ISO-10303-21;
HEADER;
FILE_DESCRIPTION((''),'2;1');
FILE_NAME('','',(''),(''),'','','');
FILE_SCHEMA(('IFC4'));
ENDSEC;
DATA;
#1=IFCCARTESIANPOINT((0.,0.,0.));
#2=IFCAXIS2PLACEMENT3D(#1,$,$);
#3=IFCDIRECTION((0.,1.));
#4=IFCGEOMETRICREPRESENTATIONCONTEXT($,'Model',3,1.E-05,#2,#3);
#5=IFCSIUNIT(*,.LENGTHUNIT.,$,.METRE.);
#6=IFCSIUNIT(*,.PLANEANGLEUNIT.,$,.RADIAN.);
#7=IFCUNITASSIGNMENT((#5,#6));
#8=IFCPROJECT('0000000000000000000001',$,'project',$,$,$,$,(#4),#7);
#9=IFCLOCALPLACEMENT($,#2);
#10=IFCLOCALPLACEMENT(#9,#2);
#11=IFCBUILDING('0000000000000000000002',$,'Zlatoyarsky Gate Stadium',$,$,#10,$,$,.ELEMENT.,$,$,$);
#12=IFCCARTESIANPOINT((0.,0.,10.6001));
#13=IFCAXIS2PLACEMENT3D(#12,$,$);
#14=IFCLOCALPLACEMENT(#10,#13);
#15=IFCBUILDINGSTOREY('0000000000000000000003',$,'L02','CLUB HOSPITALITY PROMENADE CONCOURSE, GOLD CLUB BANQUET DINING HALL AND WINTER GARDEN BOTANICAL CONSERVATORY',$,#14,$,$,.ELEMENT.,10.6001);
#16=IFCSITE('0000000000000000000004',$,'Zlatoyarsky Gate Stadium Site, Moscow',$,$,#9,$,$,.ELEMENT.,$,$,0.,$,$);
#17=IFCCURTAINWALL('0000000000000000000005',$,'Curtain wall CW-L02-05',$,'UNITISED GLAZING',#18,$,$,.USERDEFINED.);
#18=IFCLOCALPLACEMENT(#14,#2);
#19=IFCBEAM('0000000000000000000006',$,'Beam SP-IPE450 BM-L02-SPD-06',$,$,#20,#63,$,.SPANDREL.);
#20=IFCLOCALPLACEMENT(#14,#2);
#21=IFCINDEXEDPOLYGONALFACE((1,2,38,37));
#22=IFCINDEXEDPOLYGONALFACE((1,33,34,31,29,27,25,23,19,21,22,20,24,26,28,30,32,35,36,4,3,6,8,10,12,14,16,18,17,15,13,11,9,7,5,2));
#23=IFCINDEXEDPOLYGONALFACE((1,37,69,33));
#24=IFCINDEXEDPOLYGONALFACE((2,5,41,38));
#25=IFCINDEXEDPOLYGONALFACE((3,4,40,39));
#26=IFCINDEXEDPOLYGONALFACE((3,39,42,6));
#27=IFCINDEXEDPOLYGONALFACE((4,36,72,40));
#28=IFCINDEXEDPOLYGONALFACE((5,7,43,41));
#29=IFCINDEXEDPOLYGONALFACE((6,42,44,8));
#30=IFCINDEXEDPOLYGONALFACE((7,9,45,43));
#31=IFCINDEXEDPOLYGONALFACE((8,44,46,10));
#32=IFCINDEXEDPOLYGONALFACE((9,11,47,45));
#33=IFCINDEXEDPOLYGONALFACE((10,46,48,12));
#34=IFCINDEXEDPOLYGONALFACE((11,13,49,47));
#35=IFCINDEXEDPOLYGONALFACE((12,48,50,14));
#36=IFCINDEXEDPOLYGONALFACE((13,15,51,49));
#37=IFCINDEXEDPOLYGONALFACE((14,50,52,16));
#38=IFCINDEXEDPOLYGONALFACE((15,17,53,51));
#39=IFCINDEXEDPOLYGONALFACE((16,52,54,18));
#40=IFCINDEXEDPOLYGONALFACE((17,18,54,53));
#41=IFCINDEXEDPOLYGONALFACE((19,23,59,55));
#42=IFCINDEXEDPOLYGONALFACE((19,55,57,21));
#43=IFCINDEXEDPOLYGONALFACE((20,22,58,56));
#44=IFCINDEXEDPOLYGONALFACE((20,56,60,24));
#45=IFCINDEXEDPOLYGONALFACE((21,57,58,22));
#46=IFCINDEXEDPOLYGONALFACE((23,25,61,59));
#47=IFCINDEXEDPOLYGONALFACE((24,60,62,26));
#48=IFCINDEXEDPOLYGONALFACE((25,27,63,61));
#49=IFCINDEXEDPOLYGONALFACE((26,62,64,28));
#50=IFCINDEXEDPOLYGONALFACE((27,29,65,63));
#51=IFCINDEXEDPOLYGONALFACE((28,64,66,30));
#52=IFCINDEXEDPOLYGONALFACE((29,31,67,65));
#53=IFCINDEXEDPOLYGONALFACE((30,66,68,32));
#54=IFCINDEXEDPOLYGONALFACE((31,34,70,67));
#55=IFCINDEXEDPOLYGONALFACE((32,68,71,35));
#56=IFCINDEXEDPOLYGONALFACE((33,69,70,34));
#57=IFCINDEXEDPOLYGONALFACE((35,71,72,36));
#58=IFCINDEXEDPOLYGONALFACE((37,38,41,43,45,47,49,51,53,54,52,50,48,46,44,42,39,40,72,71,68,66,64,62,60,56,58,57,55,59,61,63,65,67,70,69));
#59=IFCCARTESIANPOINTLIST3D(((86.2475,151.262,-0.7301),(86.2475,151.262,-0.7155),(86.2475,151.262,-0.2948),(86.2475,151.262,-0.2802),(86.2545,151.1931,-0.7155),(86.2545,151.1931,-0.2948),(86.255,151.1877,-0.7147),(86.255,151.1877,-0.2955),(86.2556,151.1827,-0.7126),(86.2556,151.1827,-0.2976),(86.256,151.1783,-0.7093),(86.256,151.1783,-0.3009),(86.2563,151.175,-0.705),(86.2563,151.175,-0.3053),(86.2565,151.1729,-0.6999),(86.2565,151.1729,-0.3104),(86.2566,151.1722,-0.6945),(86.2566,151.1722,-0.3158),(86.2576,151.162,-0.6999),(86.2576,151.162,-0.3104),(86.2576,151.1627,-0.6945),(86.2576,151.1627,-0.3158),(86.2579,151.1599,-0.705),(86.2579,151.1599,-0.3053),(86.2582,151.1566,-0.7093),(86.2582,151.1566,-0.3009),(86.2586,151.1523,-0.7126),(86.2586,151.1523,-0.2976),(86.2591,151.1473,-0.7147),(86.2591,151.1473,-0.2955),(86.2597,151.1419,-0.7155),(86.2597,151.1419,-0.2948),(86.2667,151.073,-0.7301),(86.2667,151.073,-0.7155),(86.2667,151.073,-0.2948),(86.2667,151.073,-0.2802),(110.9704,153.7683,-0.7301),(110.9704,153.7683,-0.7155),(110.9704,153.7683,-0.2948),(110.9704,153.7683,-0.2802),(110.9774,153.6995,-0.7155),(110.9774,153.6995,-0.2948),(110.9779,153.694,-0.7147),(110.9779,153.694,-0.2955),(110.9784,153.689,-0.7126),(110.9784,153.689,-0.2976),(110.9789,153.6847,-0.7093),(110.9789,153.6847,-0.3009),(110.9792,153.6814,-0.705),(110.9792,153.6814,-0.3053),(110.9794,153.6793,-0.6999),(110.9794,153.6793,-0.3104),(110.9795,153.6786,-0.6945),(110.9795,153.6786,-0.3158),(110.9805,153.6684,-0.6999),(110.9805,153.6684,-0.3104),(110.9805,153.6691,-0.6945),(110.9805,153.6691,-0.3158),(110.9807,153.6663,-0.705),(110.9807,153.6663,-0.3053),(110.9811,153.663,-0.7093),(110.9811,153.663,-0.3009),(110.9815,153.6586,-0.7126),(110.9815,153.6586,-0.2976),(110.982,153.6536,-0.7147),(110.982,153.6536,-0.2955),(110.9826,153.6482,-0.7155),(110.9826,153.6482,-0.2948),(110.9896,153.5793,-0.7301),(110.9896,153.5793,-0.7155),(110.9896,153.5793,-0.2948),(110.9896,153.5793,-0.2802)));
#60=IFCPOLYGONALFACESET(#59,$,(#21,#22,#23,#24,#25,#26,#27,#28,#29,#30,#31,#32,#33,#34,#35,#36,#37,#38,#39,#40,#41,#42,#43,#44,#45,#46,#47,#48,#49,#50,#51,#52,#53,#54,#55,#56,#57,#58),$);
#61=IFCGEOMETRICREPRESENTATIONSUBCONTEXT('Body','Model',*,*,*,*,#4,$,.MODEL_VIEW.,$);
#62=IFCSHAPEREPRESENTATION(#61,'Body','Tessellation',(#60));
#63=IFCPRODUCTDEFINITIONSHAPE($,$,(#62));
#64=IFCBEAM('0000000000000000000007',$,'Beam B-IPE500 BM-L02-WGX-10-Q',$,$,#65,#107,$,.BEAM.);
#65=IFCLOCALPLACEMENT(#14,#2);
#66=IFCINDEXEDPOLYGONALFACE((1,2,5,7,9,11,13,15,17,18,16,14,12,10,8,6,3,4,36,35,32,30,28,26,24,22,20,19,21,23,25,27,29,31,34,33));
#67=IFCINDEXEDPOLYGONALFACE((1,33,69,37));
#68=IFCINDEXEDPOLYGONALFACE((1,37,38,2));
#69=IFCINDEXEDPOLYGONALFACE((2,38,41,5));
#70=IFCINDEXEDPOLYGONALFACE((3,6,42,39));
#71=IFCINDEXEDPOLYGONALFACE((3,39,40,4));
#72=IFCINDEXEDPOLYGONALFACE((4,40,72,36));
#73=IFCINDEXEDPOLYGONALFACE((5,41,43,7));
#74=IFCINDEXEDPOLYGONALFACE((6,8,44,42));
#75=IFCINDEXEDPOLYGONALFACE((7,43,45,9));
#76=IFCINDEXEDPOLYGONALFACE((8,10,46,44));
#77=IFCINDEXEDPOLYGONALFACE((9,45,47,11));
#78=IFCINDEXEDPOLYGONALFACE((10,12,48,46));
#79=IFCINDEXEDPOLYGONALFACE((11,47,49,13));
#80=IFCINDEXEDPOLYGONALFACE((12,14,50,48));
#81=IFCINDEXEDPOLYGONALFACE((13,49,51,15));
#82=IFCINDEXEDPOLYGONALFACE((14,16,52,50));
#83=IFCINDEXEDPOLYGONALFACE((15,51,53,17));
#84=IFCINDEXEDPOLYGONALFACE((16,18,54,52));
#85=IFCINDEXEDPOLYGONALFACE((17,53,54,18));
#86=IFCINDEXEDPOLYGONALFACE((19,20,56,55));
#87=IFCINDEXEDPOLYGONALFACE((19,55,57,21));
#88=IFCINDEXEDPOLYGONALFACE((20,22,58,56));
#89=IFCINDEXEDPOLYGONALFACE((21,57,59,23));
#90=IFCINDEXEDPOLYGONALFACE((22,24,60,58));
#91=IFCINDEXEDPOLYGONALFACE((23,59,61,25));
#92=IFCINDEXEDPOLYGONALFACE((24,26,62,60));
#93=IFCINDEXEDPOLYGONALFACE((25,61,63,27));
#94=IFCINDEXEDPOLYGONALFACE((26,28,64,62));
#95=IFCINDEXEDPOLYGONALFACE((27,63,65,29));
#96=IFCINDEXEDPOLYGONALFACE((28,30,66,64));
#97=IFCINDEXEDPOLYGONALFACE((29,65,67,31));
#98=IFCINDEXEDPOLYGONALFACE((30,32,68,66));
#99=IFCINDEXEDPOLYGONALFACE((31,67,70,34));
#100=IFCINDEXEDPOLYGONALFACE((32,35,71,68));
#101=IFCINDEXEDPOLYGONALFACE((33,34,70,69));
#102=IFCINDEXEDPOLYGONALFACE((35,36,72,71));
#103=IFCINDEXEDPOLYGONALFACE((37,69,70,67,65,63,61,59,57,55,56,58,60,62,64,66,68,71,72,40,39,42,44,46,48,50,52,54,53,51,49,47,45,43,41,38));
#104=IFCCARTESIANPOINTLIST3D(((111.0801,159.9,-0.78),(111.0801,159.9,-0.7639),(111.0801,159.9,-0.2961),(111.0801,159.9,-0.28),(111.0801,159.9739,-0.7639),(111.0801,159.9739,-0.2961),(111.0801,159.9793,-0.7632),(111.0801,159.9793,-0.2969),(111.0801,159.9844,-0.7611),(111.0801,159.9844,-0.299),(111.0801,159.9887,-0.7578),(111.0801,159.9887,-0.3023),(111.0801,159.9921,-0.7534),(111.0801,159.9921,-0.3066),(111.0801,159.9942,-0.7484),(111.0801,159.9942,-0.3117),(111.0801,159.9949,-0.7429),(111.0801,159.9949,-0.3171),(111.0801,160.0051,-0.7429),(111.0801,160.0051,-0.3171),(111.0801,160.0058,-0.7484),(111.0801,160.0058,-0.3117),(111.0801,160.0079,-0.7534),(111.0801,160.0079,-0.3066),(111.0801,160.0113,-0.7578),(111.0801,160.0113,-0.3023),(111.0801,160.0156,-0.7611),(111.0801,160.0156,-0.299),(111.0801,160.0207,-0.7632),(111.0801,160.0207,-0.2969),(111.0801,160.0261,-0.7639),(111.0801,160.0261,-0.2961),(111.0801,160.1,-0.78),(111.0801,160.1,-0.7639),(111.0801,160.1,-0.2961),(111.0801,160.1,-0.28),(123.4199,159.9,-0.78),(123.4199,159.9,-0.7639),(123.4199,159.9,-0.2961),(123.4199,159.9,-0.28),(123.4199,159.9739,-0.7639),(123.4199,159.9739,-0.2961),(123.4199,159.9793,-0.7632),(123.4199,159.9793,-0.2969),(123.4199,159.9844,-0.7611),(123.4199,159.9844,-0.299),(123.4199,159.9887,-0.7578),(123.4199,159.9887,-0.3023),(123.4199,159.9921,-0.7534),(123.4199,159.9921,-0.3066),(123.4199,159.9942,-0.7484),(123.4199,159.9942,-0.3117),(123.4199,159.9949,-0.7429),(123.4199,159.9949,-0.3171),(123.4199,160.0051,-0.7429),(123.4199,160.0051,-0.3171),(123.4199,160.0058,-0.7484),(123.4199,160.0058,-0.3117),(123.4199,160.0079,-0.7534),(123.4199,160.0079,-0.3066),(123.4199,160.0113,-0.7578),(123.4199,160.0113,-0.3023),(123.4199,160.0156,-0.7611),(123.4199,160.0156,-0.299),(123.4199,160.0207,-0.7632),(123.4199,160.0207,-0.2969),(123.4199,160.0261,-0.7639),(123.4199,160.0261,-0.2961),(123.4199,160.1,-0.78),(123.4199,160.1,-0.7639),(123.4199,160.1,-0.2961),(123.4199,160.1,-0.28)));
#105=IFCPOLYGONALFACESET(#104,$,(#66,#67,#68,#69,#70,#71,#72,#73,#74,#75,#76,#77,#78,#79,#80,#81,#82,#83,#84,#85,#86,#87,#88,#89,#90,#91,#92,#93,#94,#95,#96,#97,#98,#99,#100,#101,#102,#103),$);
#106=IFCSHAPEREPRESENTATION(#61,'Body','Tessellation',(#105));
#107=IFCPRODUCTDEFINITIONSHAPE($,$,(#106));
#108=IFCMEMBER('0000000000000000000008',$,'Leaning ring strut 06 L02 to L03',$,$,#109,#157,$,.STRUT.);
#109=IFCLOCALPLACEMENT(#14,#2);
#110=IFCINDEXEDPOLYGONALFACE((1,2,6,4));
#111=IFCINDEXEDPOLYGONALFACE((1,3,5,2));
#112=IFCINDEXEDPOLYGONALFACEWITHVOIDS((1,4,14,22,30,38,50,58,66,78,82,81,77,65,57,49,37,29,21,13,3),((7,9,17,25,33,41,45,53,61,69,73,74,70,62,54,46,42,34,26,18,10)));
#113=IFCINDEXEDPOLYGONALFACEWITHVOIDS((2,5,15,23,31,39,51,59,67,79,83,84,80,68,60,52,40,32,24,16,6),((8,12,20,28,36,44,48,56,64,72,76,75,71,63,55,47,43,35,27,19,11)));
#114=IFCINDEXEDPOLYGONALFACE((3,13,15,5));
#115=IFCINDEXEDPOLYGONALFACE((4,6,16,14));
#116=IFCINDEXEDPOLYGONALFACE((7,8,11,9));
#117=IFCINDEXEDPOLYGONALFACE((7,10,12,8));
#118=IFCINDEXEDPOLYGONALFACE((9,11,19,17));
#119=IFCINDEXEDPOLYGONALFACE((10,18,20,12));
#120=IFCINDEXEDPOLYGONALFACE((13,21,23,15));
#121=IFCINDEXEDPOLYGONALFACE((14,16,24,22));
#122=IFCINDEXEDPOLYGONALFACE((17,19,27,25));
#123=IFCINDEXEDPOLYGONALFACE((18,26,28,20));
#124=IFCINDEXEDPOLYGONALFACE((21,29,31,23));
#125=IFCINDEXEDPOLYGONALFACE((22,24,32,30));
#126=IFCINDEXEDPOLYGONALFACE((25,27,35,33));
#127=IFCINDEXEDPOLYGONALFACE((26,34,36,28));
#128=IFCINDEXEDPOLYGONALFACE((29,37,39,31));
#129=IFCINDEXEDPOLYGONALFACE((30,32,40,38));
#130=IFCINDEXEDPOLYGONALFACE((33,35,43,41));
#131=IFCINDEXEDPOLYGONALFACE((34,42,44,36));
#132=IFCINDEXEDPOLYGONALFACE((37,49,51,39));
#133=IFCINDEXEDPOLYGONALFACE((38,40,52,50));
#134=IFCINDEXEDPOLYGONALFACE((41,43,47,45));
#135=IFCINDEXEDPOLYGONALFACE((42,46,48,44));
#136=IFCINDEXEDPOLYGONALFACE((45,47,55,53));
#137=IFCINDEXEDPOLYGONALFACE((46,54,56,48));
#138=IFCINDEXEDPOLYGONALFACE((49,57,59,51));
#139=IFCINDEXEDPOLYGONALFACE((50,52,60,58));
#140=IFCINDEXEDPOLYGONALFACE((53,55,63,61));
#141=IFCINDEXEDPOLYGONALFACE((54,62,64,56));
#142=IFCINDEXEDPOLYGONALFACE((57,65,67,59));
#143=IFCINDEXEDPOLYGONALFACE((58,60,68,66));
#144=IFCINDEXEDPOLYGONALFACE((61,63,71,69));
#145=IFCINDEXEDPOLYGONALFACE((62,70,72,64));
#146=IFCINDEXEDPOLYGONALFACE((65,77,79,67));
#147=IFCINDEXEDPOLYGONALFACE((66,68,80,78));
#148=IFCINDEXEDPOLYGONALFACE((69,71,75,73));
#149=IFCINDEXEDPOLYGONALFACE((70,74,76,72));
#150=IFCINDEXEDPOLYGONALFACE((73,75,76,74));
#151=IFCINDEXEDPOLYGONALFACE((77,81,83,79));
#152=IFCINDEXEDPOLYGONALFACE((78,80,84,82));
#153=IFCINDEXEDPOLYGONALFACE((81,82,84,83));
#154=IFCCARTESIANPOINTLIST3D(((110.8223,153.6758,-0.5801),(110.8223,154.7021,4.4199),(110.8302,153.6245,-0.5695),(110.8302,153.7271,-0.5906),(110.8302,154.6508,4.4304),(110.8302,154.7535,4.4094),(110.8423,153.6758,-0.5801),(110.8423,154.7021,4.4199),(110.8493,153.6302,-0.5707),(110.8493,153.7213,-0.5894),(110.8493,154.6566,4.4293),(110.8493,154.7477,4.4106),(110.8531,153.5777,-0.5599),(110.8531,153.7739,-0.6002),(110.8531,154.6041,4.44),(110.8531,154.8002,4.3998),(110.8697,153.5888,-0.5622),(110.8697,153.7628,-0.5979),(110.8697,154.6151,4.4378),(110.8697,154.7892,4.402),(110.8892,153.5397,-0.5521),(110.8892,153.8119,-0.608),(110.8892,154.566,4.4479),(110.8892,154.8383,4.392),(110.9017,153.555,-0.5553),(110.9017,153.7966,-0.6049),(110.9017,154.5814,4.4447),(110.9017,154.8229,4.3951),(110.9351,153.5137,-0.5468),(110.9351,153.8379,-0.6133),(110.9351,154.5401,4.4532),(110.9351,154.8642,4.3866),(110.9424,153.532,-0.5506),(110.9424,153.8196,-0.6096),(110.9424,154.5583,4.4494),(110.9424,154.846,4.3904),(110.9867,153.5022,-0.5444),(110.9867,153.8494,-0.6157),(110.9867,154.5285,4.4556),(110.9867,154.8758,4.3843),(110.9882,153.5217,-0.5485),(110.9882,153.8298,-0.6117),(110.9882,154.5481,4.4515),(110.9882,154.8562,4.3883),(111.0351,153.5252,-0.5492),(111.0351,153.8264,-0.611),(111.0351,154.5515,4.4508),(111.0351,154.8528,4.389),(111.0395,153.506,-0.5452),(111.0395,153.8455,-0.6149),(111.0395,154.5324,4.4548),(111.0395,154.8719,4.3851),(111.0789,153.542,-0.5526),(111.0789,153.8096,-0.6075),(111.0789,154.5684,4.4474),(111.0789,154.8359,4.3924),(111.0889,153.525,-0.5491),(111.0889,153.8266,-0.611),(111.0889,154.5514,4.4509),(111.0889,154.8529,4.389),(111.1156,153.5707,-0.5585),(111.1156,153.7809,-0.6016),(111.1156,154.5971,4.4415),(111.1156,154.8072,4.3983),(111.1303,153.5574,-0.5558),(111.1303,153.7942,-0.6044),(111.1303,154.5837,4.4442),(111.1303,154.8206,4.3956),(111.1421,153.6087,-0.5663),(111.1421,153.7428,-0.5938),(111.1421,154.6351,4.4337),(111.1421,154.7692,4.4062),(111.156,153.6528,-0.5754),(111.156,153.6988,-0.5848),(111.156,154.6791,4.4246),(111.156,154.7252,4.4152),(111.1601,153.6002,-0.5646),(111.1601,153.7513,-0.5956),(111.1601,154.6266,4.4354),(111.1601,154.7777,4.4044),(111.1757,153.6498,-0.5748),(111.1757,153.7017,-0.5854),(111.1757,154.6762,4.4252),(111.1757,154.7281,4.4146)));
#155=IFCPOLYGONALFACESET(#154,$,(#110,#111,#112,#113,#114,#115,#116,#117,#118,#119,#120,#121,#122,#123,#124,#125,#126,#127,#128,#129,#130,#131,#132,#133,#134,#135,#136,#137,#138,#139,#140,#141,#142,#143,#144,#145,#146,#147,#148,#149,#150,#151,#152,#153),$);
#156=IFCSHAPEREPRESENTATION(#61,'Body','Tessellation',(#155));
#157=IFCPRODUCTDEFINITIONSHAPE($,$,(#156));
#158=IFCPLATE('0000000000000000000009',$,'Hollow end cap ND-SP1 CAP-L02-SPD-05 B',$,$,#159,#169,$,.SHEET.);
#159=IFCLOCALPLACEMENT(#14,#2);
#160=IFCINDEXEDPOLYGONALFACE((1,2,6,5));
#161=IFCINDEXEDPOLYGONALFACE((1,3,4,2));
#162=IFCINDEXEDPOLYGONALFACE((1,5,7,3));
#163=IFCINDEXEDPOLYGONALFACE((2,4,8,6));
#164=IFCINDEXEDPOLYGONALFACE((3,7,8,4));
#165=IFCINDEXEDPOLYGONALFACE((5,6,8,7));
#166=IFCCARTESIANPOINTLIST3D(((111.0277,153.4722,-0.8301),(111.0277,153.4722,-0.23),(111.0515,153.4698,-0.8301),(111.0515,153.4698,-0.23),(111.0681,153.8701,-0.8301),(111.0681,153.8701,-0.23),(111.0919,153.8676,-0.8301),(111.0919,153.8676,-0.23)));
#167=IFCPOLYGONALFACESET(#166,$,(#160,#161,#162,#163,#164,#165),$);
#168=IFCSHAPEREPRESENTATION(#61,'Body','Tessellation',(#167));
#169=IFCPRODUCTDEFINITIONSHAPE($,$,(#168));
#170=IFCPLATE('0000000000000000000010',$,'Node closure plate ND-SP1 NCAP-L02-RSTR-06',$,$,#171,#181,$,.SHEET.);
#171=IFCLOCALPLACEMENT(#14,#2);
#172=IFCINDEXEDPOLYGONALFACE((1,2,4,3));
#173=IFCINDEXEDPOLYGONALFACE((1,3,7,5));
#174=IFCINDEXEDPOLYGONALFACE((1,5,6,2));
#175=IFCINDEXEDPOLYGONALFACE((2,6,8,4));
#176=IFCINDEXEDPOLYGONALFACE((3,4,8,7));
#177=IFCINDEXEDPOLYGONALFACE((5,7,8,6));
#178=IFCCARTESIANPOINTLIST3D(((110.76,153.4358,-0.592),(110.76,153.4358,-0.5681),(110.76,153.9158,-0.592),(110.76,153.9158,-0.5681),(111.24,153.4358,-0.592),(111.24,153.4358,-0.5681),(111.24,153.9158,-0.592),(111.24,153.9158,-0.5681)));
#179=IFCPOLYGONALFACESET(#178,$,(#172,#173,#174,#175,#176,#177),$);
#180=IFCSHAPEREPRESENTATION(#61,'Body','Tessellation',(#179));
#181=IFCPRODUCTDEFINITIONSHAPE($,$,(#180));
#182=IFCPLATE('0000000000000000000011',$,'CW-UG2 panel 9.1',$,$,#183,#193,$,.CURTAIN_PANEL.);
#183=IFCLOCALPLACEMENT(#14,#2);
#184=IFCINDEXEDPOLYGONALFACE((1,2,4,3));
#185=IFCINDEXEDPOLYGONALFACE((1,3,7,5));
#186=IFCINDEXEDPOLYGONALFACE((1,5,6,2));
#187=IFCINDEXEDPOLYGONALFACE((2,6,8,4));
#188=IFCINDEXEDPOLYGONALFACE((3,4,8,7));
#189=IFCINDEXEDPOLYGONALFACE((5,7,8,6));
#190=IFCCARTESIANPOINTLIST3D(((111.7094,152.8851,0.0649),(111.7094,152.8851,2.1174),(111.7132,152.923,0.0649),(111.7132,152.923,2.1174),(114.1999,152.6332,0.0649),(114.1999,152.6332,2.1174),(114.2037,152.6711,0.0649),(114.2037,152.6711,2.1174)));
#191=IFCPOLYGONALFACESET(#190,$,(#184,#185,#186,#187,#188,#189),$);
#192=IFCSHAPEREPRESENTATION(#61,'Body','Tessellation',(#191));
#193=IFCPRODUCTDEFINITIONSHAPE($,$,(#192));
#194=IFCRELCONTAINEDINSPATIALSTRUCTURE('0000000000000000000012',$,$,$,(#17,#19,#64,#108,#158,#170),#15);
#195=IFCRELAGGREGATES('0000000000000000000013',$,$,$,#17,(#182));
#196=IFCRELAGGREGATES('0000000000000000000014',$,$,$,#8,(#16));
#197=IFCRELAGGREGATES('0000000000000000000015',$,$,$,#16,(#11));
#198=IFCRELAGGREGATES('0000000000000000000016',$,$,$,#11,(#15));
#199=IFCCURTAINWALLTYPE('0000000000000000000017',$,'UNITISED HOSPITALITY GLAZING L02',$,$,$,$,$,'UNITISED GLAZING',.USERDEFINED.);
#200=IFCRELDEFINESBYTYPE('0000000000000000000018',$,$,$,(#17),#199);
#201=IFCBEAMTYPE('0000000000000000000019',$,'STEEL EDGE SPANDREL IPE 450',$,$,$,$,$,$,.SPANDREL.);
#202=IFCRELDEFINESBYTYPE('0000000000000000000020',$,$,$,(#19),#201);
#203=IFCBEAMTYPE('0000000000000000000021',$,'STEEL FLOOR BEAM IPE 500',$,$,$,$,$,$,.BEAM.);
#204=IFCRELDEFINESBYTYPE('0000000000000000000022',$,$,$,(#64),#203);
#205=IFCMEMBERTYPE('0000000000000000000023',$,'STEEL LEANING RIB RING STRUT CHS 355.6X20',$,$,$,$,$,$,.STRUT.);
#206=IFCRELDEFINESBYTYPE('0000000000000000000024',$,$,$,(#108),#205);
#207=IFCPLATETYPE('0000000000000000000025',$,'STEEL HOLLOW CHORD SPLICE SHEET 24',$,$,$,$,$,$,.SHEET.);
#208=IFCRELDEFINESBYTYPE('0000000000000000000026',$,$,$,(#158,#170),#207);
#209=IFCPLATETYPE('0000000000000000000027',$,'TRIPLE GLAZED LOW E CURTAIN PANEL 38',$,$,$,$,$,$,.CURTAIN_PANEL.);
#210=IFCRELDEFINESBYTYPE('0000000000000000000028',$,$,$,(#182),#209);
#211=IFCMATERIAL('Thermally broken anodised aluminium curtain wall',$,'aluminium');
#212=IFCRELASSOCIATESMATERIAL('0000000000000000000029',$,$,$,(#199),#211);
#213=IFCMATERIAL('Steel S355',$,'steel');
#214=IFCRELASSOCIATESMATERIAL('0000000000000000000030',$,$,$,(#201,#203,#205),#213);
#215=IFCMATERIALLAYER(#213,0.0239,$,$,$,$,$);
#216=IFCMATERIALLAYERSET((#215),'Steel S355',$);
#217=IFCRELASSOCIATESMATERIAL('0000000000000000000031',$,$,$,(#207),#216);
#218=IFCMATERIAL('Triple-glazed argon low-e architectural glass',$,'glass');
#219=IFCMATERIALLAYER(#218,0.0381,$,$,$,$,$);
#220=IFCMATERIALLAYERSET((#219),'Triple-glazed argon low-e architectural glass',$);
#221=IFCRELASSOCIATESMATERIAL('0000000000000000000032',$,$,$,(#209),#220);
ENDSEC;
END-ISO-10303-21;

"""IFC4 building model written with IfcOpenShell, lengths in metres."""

from ifc_helpers import new_model, si_unit, direction, frame, origin, origin_2d, place, context, subcontext, project, spatial, rectangle, hollow_circle, i_section, extrude, material, layer, layer_set, material_profile, profile_set, type_object, element, aggregate, save


model = new_model("IFC4")

# Units and contexts
model_context = context("Model", 3, precision=1e-05, world=origin(), true_north=direction((0.0, 1.0)))
body_context = subcontext(model_context, "Body", "Model", "MODEL_VIEW")
ifc_project = project(units=[si_unit("LENGTHUNIT", "METRE"), si_unit("PLANEANGLEUNIT", "RADIAN")], contexts=[model_context])

# Site, building, storey
site_placement = place(None, origin())
site = spatial("IfcSite", under=ifc_project, at=site_placement, Name="Zlatoyarsky Gate Stadium Site, Moscow", CompositionType="ELEMENT", RefElevation=0.0)
building_placement = place(site_placement, origin())
building = spatial("IfcBuilding", under=site, at=building_placement, Name="Zlatoyarsky Gate Stadium", CompositionType="ELEMENT")
storey_placement = place(building_placement, frame((0.0, 0.0, 10.6001)))
storey = spatial("IfcBuildingStorey", under=building, at=storey_placement, Name="L02", Description="CLUB HOSPITALITY PROMENADE CONCOURSE, GOLD CLUB BANQUET DINING HALL AND WINTER GARDEN BOTANICAL CONSERVATORY", CompositionType="ELEMENT", Elevation=10.6001)

# Shared definitions
ifc_material_1 = material(Name="Steel S355", Category="steel")

# Curtain wall
ifc_material_2 = material(Name="Thermally broken anodised aluminium curtain wall", Category="aluminium")
curtain_wall_type_1 = type_object("IfcCurtainWallType", Name="UNITISED HOSPITALITY GLAZING L02", ElementType="UNITISED GLAZING", PredefinedType="USERDEFINED", material=ifc_material_2)
curtain_wall_1_placement = place(storey_placement, origin())
curtain_wall_1 = element("IfcCurtainWall", 1, at=curtain_wall_1_placement, inside=storey, type_object=curtain_wall_type_1, Name="Curtain wall CW-L02-05", ObjectType="UNITISED GLAZING", PredefinedType="USERDEFINED")

# Beams
ifc_material_profile_1 = material_profile(ifc_material_1, i_section(OverallWidth=0.1899, OverallDepth=0.45, WebThickness=0.0095, FlangeThickness=0.0146, FilletRadius=0.021, at=origin_2d()), Name="IPE 450")
ifc_profile_set_1 = profile_set([ifc_material_profile_1], Name="Steel S355")
beam_type_1 = type_object("IfcBeamType", Name="STEEL EDGE SPANDREL IPE 450", PredefinedType="SPANDREL", material=ifc_profile_set_1)
beam_1_placement = place(storey_placement, frame((110.98, 153.6738, -0.5051), z_axis=(-0.994901, -0.100861, 0.0), x_axis=(0.100861, -0.994901, 0.0)))
element("IfcBeam", 2, at=beam_1_placement, inside=storey, type_object=beam_type_1, Name="Beam SP-IPE450 BM-L02-SPD-06", PredefinedType="SPANDREL", context=body_context, shape_type="SweptSolid", body=[
    extrude(i_section(OverallWidth=0.1899, OverallDepth=0.45, WebThickness=0.0095, FlangeThickness=0.0146, FilletRadius=0.021, at=origin_2d()), origin(), (0.0, 0.0, 1.0), 24.8496),
])
ifc_material_profile_2 = material_profile(ifc_material_1, i_section(OverallWidth=0.2, OverallDepth=0.5, WebThickness=0.0103, FlangeThickness=0.0161, FilletRadius=0.021, at=origin_2d()), Name="IPE 500")
ifc_profile_set_2 = profile_set([ifc_material_profile_2], Name="Steel S355")
beam_type_2 = type_object("IfcBeamType", Name="STEEL FLOOR BEAM IPE 500", PredefinedType="BEAM", material=ifc_profile_set_2)
beam_2_placement = place(storey_placement, frame((111.0801, 160.0, -0.53), z_axis=(1.0, 0.0, 0.0), x_axis=(0.0, 1.0, 0.0)))
element("IfcBeam", 3, at=beam_2_placement, inside=storey, type_object=beam_type_2, Name="Beam B-IPE500 BM-L02-WGX-10-Q", PredefinedType="BEAM", context=body_context, shape_type="SweptSolid", body=[
    extrude(i_section(OverallWidth=0.2, OverallDepth=0.5, WebThickness=0.0103, FlangeThickness=0.0161, FilletRadius=0.021, at=origin_2d()), origin(), (0.0, 0.0, 1.0), 12.3398),
])

# Member
ifc_material_profile_3 = material_profile(ifc_material_1, hollow_circle(Radius=0.1777, WallThickness=0.02, at=origin_2d()), Name="CHS 355.6X20")
ifc_profile_set_3 = profile_set([ifc_material_profile_3], Name="Steel S355")
member_type_1 = type_object("IfcMemberType", Name="STEEL LEANING RIB RING STRUT CHS 355.6X20", PredefinedType="STRUT", material=ifc_profile_set_3)
member_1_placement = place(storey_placement, frame((111.0, 153.6758, -0.5801), z_axis=(0.0, 0.201081, 0.979575), x_axis=(-1.0, 0.0, 0.0)))
element("IfcMember", 4, at=member_1_placement, inside=storey, type_object=member_type_1, Name="Leaning ring strut 06 L02 to L03", PredefinedType="STRUT", context=body_context, shape_type="SweptSolid", body=[
    extrude(hollow_circle(Radius=0.1777, WallThickness=0.02, at=origin_2d()), origin(), (0.0, 0.0, 1.0), 5.1042),
])

# Plates
ifc_layer_1 = layer(ifc_material_1, 0.0239)
ifc_layer_set_1 = layer_set([ifc_layer_1], Name="Steel S355")
plate_type_1 = type_object("IfcPlateType", Name="STEEL HOLLOW CHORD SPLICE SHEET 24", PredefinedType="SHEET", material=ifc_layer_set_1)
plate_1_placement = place(storey_placement, frame((111.0598, 153.6699, -0.8301), z_axis=(0.0, 0.0, 1.0), x_axis=(-0.9949, 0.100861, 0.0)))
element("IfcPlate", 5, at=plate_1_placement, inside=storey, type_object=plate_type_1, Name="Hollow end cap ND-SP1 CAP-L02-SPD-05 B", PredefinedType="SHEET", context=body_context, shape_type="SweptSolid", body=[
    extrude(rectangle(XDim=0.0239, YDim=0.3999, at=origin_2d()), origin(), (0.0, 0.0, 1.0), 0.6001),
])
plate_2_placement = place(storey_placement, frame((111.0, 153.6758, -0.592), z_axis=(0.0, 0.0, 1.0), x_axis=(1.0, 0.0, 0.0)))
element("IfcPlate", 6, at=plate_2_placement, inside=storey, type_object=plate_type_1, Name="Node closure plate ND-SP1 NCAP-L02-RSTR-06", PredefinedType="SHEET", context=body_context, shape_type="SweptSolid", body=[
    extrude(rectangle(XDim=0.48, YDim=0.48, at=origin_2d()), origin(), (0.0, 0.0, 1.0), 0.0239),
])

# Plate
ifc_material_3 = material(Name="Triple-glazed argon low-e architectural glass", Category="glass")
ifc_layer_2 = layer(ifc_material_3, 0.0381)
ifc_layer_set_2 = layer_set([ifc_layer_2], Name="Triple-glazed argon low-e architectural glass")
plate_type_2 = type_object("IfcPlateType", Name="TRIPLE GLAZED LOW E CURTAIN PANEL 38", PredefinedType="CURTAIN_PANEL", material=ifc_layer_set_2)
plate_3_placement = place(storey_placement, frame((112.9565, 152.7781, 0.0649), z_axis=(0.0, 0.0, 1.0), x_axis=(-0.994922, 0.100645, 0.0)))
plate_3 = element("IfcPlate", 7, at=plate_3_placement, type_object=plate_type_2, Name="CW-UG2 panel 9.1", PredefinedType="CURTAIN_PANEL", context=body_context, shape_type="SweptSolid", body=[
    extrude(rectangle(XDim=2.5032, YDim=0.0381, at=origin_2d()), origin(), (0.0, 0.0, 1.0), 2.0525),
])
aggregate(curtain_wall_1, [plate_3])

save(model, "model.ifc")
